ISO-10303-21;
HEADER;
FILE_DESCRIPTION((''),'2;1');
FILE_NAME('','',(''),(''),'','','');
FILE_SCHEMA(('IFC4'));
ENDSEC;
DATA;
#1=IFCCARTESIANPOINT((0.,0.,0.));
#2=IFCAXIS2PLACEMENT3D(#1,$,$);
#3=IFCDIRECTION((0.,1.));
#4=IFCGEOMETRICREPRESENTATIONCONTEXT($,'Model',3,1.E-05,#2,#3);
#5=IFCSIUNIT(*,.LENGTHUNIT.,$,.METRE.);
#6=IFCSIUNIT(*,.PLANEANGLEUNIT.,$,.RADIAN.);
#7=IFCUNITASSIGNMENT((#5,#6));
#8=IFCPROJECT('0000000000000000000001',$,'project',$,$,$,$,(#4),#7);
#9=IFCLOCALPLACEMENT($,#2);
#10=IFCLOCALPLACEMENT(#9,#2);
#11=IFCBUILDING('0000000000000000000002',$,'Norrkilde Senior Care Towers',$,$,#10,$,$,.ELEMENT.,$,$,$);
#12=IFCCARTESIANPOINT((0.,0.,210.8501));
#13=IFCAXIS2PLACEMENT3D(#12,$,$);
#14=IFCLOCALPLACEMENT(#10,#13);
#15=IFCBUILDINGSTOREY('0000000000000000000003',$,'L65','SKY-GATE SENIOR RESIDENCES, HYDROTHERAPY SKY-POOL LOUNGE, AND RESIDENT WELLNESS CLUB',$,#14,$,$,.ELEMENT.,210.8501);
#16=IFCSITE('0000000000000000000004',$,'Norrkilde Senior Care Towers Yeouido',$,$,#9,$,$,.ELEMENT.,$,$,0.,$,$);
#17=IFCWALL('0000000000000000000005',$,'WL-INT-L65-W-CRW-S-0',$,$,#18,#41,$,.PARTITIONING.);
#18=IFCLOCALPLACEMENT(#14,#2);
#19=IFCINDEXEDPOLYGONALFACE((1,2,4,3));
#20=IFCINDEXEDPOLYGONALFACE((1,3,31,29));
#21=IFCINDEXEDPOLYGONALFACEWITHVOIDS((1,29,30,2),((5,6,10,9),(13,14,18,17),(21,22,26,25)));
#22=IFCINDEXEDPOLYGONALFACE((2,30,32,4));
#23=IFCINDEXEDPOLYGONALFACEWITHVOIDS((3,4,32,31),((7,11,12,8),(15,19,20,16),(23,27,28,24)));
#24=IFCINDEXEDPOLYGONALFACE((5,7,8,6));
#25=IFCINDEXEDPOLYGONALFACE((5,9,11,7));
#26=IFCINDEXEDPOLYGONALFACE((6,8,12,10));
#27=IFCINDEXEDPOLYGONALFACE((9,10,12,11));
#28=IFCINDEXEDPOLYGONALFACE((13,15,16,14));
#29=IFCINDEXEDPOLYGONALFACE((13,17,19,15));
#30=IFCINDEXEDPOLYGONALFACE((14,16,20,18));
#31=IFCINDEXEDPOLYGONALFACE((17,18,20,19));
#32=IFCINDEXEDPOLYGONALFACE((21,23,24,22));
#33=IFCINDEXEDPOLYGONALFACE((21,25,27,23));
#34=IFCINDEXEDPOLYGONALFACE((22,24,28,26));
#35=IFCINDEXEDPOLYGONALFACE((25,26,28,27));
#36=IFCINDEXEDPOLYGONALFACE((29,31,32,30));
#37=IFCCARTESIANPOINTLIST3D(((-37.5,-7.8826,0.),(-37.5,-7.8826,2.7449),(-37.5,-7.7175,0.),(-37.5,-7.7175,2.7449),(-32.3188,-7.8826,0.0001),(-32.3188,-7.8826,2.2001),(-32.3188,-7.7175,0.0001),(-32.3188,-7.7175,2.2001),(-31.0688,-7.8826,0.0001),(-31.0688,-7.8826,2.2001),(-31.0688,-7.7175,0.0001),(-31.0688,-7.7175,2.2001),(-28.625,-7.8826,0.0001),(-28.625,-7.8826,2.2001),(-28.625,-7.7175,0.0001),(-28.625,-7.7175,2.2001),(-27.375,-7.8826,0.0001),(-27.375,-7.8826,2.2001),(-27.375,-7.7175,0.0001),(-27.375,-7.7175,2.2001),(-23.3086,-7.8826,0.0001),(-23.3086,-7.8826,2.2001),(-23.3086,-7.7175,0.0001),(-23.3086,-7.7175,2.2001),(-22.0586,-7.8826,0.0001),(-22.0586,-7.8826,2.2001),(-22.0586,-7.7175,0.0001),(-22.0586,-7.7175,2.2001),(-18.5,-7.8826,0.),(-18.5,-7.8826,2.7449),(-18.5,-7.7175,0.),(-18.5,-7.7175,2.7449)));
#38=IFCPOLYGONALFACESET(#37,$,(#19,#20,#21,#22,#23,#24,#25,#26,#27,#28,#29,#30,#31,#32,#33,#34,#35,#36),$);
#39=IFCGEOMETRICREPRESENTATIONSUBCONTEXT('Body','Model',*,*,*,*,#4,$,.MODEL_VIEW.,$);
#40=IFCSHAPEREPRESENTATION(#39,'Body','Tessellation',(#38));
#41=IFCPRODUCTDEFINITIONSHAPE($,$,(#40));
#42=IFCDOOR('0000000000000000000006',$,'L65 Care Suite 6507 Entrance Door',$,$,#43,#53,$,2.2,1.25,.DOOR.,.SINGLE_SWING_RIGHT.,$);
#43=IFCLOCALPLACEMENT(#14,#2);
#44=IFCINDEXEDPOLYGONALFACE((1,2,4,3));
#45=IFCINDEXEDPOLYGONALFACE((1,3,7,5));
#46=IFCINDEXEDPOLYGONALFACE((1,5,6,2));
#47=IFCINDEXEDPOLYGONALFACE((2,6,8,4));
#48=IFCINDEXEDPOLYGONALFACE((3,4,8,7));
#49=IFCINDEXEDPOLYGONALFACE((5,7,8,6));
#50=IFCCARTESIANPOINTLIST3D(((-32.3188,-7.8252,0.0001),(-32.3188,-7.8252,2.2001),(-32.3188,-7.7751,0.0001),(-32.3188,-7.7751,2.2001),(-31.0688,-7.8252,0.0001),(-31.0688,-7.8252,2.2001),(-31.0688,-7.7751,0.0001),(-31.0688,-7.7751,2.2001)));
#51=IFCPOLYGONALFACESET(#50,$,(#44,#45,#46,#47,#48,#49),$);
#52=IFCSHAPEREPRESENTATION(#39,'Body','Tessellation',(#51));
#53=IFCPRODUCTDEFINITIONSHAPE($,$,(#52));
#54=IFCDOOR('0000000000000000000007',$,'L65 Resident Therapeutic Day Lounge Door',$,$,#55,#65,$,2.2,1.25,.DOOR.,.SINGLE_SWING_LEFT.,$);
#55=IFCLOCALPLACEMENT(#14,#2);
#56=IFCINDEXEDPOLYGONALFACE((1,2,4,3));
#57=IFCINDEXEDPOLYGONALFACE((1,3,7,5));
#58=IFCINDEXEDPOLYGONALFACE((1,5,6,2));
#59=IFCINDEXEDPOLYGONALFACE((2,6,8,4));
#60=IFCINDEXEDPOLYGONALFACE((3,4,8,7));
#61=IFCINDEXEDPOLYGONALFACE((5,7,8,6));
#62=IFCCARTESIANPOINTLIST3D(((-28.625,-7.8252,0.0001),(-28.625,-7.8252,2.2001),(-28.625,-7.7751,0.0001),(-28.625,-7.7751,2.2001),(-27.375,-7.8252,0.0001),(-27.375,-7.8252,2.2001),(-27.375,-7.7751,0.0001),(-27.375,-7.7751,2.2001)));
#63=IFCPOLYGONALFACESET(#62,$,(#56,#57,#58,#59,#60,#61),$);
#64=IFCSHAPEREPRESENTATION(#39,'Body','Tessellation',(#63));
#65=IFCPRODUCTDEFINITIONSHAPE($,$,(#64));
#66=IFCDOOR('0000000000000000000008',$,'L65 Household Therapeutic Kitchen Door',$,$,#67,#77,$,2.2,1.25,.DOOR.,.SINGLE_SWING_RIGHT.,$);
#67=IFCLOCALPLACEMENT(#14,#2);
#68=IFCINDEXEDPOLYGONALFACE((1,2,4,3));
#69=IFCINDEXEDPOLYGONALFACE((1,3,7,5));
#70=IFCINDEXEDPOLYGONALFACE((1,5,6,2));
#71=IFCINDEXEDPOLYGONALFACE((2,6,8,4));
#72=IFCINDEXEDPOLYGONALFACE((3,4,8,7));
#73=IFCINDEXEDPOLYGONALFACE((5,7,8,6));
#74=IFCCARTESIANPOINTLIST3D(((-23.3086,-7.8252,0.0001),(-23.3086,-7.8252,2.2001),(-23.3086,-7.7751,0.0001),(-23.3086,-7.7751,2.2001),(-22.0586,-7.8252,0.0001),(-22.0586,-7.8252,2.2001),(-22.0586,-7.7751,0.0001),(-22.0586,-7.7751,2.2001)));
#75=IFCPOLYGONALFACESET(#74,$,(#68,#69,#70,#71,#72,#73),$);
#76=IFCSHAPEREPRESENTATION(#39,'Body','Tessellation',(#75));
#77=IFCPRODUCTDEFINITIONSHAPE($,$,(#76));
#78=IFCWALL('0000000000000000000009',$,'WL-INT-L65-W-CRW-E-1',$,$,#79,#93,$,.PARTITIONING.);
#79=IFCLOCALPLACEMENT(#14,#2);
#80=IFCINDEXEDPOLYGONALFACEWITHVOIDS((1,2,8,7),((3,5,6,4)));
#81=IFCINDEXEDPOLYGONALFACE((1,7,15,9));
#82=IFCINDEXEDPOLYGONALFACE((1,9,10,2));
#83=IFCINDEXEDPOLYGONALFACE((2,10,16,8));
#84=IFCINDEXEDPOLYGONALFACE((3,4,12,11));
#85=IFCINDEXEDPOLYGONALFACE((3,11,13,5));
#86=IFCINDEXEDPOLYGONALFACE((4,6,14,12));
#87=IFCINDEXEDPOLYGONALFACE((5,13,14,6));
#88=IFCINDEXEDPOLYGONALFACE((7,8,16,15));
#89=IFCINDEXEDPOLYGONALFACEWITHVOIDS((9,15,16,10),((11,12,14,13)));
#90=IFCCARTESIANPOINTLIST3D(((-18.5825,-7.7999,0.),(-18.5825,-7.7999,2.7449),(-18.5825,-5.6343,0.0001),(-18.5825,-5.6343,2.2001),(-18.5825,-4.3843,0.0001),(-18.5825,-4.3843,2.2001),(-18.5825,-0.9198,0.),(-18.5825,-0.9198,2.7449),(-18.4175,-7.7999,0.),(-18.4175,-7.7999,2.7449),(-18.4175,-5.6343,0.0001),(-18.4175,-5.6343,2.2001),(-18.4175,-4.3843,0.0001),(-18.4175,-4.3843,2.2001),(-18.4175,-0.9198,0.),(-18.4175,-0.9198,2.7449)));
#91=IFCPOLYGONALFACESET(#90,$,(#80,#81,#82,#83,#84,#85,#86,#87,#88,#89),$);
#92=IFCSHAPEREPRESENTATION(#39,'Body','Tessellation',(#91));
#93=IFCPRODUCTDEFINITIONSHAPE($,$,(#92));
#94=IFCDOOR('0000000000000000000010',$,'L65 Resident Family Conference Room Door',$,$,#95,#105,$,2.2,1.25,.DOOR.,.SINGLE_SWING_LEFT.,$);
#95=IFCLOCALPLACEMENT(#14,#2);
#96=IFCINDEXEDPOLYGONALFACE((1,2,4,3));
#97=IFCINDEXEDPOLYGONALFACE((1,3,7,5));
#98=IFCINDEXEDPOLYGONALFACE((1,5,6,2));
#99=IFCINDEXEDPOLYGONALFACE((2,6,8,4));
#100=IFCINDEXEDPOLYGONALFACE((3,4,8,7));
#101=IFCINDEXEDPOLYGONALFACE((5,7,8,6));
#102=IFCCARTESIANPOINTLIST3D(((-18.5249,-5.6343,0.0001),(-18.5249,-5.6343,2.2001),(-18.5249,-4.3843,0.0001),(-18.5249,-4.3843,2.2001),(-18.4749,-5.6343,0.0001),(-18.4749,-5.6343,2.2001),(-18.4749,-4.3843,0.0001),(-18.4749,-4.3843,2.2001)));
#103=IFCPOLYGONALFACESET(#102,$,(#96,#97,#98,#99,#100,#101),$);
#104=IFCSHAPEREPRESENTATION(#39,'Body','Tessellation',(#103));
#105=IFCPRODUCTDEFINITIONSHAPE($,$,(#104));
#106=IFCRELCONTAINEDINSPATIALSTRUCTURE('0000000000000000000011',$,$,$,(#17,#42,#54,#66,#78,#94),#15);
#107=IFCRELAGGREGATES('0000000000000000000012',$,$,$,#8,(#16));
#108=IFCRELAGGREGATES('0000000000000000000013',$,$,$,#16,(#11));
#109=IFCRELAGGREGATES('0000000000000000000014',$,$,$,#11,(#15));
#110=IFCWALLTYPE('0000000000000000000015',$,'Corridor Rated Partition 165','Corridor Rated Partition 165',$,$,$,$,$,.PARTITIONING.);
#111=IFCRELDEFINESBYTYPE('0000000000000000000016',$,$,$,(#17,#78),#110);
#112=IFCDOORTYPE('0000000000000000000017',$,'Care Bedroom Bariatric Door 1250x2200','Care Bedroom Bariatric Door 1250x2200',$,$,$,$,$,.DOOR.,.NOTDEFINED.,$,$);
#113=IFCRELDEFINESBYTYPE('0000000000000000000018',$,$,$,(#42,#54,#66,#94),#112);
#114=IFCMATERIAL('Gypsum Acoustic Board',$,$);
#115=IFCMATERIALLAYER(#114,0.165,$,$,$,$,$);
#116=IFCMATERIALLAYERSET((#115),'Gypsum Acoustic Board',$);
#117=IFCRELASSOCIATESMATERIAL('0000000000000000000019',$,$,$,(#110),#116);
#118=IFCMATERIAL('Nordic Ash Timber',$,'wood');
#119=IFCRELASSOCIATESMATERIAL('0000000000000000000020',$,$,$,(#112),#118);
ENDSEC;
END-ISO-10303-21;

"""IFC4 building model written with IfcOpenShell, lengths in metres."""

from ifc_helpers import new_model, si_unit, direction, frame, frame_2d, origin, place, context, subcontext, project, spatial, rectangle, extrude, source, transform, mapped, material, layer, layer_set, type_object, type_shapes, element, fill, save


model = new_model("IFC4")

# Units and contexts
model_context = context("Model", 3, precision=1e-05, world=origin(), true_north=direction((0.0, 1.0)))
body_context = subcontext(model_context, "Body", "Model", "MODEL_VIEW")
ifc_project = project(units=[si_unit("LENGTHUNIT", "METRE"), si_unit("PLANEANGLEUNIT", "RADIAN")], contexts=[model_context])

# Site, building, storey
site_placement = place(None, origin())
site = spatial("IfcSite", under=ifc_project, at=site_placement, Name="Norrkilde Senior Care Towers Yeouido", CompositionType="ELEMENT", RefElevation=0.0)
building_placement = place(site_placement, origin())
building = spatial("IfcBuilding", under=site, at=building_placement, Name="Norrkilde Senior Care Towers", CompositionType="ELEMENT")
storey_placement = place(building_placement, frame((0.0, 0.0, 210.8501)))
storey = spatial("IfcBuildingStorey", under=building, at=storey_placement, Name="L65", Description="SKY-GATE SENIOR RESIDENCES, HYDROTHERAPY SKY-POOL LOUNGE, AND RESIDENT WELLNESS CLUB", CompositionType="ELEMENT", Elevation=210.8501)

# Shared definitions
ifc_material_1 = material(Name="Gypsum Acoustic Board")
ifc_layer_1 = layer(ifc_material_1, 0.165)
ifc_layer_set_1 = layer_set([ifc_layer_1], Name="Gypsum Acoustic Board")
wall_type_1 = type_object("IfcWallType", Name="Corridor Rated Partition 165", Description="Corridor Rated Partition 165", PredefinedType="PARTITIONING", material=ifc_layer_set_1)

# Wall, openings, doors
shared_shape_1 = source(origin(), body_context, "Body", "SweptSolid", [
    extrude(rectangle(XDim=19.0, YDim=0.165, at=frame_2d((9.5, 0.0))), origin(), (0.0, 0.0, 1.0), 2.7449),
])
wall_1_placement = place(storey_placement, frame((-18.5, -7.8, 0.0), z_axis=(0.0, 0.0, 1.0), x_axis=(-1.0, 0.0, 0.0)))
wall_1 = element("IfcWall", 1, at=wall_1_placement, inside=storey, type_object=wall_type_1, Name="WL-INT-L65-W-CRW-S-0", PredefinedType="PARTITIONING", context=body_context, shape_type="MappedRepresentation", body=[
    mapped(shared_shape_1, transform((0.0, 0.0, 0.0), x_axis=(1.0, 0.0, 0.0), y_axis=(0.0, 1.0, 0.0), z_axis=(0.0, 0.0, 1.0), scale=1.0)),
])
opening_1_placement = place(wall_1_placement, frame((12.5688, 0.0, 0.0)))
opening_1 = element("IfcOpeningElement", 2, at=opening_1_placement, cuts=wall_1, PredefinedType="OPENING", context=body_context, shape_type="SweptSolid", body=[
    extrude(rectangle(XDim=1.25, YDim=2.2, at=frame_2d((0.625, 1.1001))), frame((0.0, 0.0925, 0.0), z_axis=(0.0, -1.0, 0.0), x_axis=(1.0, 0.0, 0.0)), (0.0, 0.0, 1.0), 0.1851),
])
opening_2_placement = place(wall_1_placement, frame((8.875, 0.0, 0.0)))
opening_2 = element("IfcOpeningElement", 3, at=opening_2_placement, cuts=wall_1, PredefinedType="OPENING", context=body_context, shape_type="SweptSolid", body=[
    extrude(rectangle(XDim=1.25, YDim=2.2, at=frame_2d((0.625, 1.1001))), frame((0.0, 0.0925, 0.0), z_axis=(0.0, -1.0, 0.0), x_axis=(1.0, 0.0, 0.0)), (0.0, 0.0, 1.0), 0.1851),
])
opening_3_placement = place(wall_1_placement, frame((3.5586, 0.0, 0.0)))
opening_3 = element("IfcOpeningElement", 4, at=opening_3_placement, cuts=wall_1, PredefinedType="OPENING", context=body_context, shape_type="SweptSolid", body=[
    extrude(rectangle(XDim=1.25, YDim=2.2, at=frame_2d((0.625, 1.1001))), frame((0.0, 0.0925, 0.0), z_axis=(0.0, -1.0, 0.0), x_axis=(1.0, 0.0, 0.0)), (0.0, 0.0, 1.0), 0.1851),
])
ifc_material_2 = material(Name="Nordic Ash Timber", Category="wood")
door_type_1 = type_object("IfcDoorType", Name="Care Bedroom Bariatric Door 1250x2200", Description="Care Bedroom Bariatric Door 1250x2200", OperationType="NOTDEFINED", PredefinedType="DOOR", material=ifc_material_2)
shared_shape_2 = source(origin(), body_context, "Body", "SweptSolid", [
    extrude(rectangle(XDim=1.25, YDim=2.2, at=frame_2d((0.625, 1.1001))), frame((0.0, 0.0249, 0.0), z_axis=(0.0, -1.0, 0.0), x_axis=(1.0, 0.0, 0.0)), (0.0, 0.0, 1.0), 0.05),
])
type_shapes(door_type_1, [shared_shape_2])
door_1_placement = place(opening_1_placement, frame((1.25, 0.0, 0.0), z_axis=(0.0, 0.0, 1.0), x_axis=(-1.0, 0.0, 0.0)))
door_1 = element("IfcDoor", 5, at=door_1_placement, inside=storey, type_object=door_type_1, Name="L65 Care Suite 6507 Entrance Door", OperationType="SINGLE_SWING_RIGHT", OverallHeight=2.2, OverallWidth=1.25, PredefinedType="DOOR", context=body_context, shape_type="MappedRepresentation", body=[
    mapped(shared_shape_2, transform((0.0, 0.0, 0.0), x_axis=(1.0, 0.0, 0.0), y_axis=(0.0, 1.0, 0.0), z_axis=(0.0, 0.0, 1.0), scale=1.0)),
])
fill(opening_1, door_1)
door_2_placement = place(opening_2_placement, frame((1.25, 0.0, 0.0), z_axis=(0.0, 0.0, 1.0), x_axis=(-1.0, 0.0, 0.0)))
door_2 = element("IfcDoor", 6, at=door_2_placement, inside=storey, type_object=door_type_1, Name="L65 Resident Therapeutic Day Lounge Door", OperationType="SINGLE_SWING_LEFT", OverallHeight=2.2, OverallWidth=1.25, PredefinedType="DOOR", context=body_context, shape_type="MappedRepresentation", body=[
    mapped(shared_shape_2, transform((0.0, 0.0, 0.0), x_axis=(1.0, 0.0, 0.0), y_axis=(0.0, 1.0, 0.0), z_axis=(0.0, 0.0, 1.0), scale=1.0)),
])
fill(opening_2, door_2)
door_3_placement = place(opening_3_placement, frame((1.25, 0.0, 0.0), z_axis=(0.0, 0.0, 1.0), x_axis=(-1.0, 0.0, 0.0)))
door_3 = element("IfcDoor", 7, at=door_3_placement, inside=storey, type_object=door_type_1, Name="L65 Household Therapeutic Kitchen Door", OperationType="SINGLE_SWING_RIGHT", OverallHeight=2.2, OverallWidth=1.25, PredefinedType="DOOR", context=body_context, shape_type="MappedRepresentation", body=[
    mapped(shared_shape_2, transform((0.0, 0.0, 0.0), x_axis=(1.0, 0.0, 0.0), y_axis=(0.0, 1.0, 0.0), z_axis=(0.0, 0.0, 1.0), scale=1.0)),
])
fill(opening_3, door_3)

# Wall, opening, door
shared_shape_3 = source(origin(), body_context, "Body", "SweptSolid", [
    extrude(rectangle(XDim=6.8801, YDim=0.165, at=frame_2d((3.4399, 0.0))), origin(), (0.0, 0.0, 1.0), 2.7449),
])
wall_2_placement = place(storey_placement, frame((-18.5, -0.9199, 0.0), z_axis=(0.0, 0.0, 1.0), x_axis=(0.0, -1.0, 0.0)))
wall_2 = element("IfcWall", 8, at=wall_2_placement, inside=storey, type_object=wall_type_1, Name="WL-INT-L65-W-CRW-E-1", PredefinedType="PARTITIONING", context=body_context, shape_type="MappedRepresentation", body=[
    mapped(shared_shape_3, transform((0.0, 0.0, 0.0), x_axis=(1.0, 0.0, 0.0), y_axis=(0.0, 1.0, 0.0), z_axis=(0.0, 0.0, 1.0), scale=1.0)),
])
opening_4_placement = place(wall_2_placement, frame((3.4644, 0.0, 0.0)))
opening_4 = element("IfcOpeningElement", 9, at=opening_4_placement, cuts=wall_2, PredefinedType="OPENING", context=body_context, shape_type="SweptSolid", body=[
    extrude(rectangle(XDim=1.25, YDim=2.2, at=frame_2d((0.625, 1.1001))), frame((0.0, 0.0925, 0.0), z_axis=(0.0, -1.0, 0.0), x_axis=(1.0, 0.0, 0.0)), (0.0, 0.0, 1.0), 0.1851),
])
door_4_placement = place(opening_4_placement, frame((1.25, 0.0, 0.0), z_axis=(0.0, 0.0, 1.0), x_axis=(-1.0, 0.0, 0.0)))
door_4 = element("IfcDoor", 10, at=door_4_placement, inside=storey, type_object=door_type_1, Name="L65 Resident Family Conference Room Door", OperationType="SINGLE_SWING_LEFT", OverallHeight=2.2, OverallWidth=1.25, PredefinedType="DOOR", context=body_context, shape_type="MappedRepresentation", body=[
    mapped(shared_shape_2, transform((0.0, 0.0, 0.0), x_axis=(1.0, 0.0, 0.0), y_axis=(0.0, 1.0, 0.0), z_axis=(0.0, 0.0, 1.0), scale=1.0)),
])
fill(opening_4, door_4)

save(model, "model.ifc")
